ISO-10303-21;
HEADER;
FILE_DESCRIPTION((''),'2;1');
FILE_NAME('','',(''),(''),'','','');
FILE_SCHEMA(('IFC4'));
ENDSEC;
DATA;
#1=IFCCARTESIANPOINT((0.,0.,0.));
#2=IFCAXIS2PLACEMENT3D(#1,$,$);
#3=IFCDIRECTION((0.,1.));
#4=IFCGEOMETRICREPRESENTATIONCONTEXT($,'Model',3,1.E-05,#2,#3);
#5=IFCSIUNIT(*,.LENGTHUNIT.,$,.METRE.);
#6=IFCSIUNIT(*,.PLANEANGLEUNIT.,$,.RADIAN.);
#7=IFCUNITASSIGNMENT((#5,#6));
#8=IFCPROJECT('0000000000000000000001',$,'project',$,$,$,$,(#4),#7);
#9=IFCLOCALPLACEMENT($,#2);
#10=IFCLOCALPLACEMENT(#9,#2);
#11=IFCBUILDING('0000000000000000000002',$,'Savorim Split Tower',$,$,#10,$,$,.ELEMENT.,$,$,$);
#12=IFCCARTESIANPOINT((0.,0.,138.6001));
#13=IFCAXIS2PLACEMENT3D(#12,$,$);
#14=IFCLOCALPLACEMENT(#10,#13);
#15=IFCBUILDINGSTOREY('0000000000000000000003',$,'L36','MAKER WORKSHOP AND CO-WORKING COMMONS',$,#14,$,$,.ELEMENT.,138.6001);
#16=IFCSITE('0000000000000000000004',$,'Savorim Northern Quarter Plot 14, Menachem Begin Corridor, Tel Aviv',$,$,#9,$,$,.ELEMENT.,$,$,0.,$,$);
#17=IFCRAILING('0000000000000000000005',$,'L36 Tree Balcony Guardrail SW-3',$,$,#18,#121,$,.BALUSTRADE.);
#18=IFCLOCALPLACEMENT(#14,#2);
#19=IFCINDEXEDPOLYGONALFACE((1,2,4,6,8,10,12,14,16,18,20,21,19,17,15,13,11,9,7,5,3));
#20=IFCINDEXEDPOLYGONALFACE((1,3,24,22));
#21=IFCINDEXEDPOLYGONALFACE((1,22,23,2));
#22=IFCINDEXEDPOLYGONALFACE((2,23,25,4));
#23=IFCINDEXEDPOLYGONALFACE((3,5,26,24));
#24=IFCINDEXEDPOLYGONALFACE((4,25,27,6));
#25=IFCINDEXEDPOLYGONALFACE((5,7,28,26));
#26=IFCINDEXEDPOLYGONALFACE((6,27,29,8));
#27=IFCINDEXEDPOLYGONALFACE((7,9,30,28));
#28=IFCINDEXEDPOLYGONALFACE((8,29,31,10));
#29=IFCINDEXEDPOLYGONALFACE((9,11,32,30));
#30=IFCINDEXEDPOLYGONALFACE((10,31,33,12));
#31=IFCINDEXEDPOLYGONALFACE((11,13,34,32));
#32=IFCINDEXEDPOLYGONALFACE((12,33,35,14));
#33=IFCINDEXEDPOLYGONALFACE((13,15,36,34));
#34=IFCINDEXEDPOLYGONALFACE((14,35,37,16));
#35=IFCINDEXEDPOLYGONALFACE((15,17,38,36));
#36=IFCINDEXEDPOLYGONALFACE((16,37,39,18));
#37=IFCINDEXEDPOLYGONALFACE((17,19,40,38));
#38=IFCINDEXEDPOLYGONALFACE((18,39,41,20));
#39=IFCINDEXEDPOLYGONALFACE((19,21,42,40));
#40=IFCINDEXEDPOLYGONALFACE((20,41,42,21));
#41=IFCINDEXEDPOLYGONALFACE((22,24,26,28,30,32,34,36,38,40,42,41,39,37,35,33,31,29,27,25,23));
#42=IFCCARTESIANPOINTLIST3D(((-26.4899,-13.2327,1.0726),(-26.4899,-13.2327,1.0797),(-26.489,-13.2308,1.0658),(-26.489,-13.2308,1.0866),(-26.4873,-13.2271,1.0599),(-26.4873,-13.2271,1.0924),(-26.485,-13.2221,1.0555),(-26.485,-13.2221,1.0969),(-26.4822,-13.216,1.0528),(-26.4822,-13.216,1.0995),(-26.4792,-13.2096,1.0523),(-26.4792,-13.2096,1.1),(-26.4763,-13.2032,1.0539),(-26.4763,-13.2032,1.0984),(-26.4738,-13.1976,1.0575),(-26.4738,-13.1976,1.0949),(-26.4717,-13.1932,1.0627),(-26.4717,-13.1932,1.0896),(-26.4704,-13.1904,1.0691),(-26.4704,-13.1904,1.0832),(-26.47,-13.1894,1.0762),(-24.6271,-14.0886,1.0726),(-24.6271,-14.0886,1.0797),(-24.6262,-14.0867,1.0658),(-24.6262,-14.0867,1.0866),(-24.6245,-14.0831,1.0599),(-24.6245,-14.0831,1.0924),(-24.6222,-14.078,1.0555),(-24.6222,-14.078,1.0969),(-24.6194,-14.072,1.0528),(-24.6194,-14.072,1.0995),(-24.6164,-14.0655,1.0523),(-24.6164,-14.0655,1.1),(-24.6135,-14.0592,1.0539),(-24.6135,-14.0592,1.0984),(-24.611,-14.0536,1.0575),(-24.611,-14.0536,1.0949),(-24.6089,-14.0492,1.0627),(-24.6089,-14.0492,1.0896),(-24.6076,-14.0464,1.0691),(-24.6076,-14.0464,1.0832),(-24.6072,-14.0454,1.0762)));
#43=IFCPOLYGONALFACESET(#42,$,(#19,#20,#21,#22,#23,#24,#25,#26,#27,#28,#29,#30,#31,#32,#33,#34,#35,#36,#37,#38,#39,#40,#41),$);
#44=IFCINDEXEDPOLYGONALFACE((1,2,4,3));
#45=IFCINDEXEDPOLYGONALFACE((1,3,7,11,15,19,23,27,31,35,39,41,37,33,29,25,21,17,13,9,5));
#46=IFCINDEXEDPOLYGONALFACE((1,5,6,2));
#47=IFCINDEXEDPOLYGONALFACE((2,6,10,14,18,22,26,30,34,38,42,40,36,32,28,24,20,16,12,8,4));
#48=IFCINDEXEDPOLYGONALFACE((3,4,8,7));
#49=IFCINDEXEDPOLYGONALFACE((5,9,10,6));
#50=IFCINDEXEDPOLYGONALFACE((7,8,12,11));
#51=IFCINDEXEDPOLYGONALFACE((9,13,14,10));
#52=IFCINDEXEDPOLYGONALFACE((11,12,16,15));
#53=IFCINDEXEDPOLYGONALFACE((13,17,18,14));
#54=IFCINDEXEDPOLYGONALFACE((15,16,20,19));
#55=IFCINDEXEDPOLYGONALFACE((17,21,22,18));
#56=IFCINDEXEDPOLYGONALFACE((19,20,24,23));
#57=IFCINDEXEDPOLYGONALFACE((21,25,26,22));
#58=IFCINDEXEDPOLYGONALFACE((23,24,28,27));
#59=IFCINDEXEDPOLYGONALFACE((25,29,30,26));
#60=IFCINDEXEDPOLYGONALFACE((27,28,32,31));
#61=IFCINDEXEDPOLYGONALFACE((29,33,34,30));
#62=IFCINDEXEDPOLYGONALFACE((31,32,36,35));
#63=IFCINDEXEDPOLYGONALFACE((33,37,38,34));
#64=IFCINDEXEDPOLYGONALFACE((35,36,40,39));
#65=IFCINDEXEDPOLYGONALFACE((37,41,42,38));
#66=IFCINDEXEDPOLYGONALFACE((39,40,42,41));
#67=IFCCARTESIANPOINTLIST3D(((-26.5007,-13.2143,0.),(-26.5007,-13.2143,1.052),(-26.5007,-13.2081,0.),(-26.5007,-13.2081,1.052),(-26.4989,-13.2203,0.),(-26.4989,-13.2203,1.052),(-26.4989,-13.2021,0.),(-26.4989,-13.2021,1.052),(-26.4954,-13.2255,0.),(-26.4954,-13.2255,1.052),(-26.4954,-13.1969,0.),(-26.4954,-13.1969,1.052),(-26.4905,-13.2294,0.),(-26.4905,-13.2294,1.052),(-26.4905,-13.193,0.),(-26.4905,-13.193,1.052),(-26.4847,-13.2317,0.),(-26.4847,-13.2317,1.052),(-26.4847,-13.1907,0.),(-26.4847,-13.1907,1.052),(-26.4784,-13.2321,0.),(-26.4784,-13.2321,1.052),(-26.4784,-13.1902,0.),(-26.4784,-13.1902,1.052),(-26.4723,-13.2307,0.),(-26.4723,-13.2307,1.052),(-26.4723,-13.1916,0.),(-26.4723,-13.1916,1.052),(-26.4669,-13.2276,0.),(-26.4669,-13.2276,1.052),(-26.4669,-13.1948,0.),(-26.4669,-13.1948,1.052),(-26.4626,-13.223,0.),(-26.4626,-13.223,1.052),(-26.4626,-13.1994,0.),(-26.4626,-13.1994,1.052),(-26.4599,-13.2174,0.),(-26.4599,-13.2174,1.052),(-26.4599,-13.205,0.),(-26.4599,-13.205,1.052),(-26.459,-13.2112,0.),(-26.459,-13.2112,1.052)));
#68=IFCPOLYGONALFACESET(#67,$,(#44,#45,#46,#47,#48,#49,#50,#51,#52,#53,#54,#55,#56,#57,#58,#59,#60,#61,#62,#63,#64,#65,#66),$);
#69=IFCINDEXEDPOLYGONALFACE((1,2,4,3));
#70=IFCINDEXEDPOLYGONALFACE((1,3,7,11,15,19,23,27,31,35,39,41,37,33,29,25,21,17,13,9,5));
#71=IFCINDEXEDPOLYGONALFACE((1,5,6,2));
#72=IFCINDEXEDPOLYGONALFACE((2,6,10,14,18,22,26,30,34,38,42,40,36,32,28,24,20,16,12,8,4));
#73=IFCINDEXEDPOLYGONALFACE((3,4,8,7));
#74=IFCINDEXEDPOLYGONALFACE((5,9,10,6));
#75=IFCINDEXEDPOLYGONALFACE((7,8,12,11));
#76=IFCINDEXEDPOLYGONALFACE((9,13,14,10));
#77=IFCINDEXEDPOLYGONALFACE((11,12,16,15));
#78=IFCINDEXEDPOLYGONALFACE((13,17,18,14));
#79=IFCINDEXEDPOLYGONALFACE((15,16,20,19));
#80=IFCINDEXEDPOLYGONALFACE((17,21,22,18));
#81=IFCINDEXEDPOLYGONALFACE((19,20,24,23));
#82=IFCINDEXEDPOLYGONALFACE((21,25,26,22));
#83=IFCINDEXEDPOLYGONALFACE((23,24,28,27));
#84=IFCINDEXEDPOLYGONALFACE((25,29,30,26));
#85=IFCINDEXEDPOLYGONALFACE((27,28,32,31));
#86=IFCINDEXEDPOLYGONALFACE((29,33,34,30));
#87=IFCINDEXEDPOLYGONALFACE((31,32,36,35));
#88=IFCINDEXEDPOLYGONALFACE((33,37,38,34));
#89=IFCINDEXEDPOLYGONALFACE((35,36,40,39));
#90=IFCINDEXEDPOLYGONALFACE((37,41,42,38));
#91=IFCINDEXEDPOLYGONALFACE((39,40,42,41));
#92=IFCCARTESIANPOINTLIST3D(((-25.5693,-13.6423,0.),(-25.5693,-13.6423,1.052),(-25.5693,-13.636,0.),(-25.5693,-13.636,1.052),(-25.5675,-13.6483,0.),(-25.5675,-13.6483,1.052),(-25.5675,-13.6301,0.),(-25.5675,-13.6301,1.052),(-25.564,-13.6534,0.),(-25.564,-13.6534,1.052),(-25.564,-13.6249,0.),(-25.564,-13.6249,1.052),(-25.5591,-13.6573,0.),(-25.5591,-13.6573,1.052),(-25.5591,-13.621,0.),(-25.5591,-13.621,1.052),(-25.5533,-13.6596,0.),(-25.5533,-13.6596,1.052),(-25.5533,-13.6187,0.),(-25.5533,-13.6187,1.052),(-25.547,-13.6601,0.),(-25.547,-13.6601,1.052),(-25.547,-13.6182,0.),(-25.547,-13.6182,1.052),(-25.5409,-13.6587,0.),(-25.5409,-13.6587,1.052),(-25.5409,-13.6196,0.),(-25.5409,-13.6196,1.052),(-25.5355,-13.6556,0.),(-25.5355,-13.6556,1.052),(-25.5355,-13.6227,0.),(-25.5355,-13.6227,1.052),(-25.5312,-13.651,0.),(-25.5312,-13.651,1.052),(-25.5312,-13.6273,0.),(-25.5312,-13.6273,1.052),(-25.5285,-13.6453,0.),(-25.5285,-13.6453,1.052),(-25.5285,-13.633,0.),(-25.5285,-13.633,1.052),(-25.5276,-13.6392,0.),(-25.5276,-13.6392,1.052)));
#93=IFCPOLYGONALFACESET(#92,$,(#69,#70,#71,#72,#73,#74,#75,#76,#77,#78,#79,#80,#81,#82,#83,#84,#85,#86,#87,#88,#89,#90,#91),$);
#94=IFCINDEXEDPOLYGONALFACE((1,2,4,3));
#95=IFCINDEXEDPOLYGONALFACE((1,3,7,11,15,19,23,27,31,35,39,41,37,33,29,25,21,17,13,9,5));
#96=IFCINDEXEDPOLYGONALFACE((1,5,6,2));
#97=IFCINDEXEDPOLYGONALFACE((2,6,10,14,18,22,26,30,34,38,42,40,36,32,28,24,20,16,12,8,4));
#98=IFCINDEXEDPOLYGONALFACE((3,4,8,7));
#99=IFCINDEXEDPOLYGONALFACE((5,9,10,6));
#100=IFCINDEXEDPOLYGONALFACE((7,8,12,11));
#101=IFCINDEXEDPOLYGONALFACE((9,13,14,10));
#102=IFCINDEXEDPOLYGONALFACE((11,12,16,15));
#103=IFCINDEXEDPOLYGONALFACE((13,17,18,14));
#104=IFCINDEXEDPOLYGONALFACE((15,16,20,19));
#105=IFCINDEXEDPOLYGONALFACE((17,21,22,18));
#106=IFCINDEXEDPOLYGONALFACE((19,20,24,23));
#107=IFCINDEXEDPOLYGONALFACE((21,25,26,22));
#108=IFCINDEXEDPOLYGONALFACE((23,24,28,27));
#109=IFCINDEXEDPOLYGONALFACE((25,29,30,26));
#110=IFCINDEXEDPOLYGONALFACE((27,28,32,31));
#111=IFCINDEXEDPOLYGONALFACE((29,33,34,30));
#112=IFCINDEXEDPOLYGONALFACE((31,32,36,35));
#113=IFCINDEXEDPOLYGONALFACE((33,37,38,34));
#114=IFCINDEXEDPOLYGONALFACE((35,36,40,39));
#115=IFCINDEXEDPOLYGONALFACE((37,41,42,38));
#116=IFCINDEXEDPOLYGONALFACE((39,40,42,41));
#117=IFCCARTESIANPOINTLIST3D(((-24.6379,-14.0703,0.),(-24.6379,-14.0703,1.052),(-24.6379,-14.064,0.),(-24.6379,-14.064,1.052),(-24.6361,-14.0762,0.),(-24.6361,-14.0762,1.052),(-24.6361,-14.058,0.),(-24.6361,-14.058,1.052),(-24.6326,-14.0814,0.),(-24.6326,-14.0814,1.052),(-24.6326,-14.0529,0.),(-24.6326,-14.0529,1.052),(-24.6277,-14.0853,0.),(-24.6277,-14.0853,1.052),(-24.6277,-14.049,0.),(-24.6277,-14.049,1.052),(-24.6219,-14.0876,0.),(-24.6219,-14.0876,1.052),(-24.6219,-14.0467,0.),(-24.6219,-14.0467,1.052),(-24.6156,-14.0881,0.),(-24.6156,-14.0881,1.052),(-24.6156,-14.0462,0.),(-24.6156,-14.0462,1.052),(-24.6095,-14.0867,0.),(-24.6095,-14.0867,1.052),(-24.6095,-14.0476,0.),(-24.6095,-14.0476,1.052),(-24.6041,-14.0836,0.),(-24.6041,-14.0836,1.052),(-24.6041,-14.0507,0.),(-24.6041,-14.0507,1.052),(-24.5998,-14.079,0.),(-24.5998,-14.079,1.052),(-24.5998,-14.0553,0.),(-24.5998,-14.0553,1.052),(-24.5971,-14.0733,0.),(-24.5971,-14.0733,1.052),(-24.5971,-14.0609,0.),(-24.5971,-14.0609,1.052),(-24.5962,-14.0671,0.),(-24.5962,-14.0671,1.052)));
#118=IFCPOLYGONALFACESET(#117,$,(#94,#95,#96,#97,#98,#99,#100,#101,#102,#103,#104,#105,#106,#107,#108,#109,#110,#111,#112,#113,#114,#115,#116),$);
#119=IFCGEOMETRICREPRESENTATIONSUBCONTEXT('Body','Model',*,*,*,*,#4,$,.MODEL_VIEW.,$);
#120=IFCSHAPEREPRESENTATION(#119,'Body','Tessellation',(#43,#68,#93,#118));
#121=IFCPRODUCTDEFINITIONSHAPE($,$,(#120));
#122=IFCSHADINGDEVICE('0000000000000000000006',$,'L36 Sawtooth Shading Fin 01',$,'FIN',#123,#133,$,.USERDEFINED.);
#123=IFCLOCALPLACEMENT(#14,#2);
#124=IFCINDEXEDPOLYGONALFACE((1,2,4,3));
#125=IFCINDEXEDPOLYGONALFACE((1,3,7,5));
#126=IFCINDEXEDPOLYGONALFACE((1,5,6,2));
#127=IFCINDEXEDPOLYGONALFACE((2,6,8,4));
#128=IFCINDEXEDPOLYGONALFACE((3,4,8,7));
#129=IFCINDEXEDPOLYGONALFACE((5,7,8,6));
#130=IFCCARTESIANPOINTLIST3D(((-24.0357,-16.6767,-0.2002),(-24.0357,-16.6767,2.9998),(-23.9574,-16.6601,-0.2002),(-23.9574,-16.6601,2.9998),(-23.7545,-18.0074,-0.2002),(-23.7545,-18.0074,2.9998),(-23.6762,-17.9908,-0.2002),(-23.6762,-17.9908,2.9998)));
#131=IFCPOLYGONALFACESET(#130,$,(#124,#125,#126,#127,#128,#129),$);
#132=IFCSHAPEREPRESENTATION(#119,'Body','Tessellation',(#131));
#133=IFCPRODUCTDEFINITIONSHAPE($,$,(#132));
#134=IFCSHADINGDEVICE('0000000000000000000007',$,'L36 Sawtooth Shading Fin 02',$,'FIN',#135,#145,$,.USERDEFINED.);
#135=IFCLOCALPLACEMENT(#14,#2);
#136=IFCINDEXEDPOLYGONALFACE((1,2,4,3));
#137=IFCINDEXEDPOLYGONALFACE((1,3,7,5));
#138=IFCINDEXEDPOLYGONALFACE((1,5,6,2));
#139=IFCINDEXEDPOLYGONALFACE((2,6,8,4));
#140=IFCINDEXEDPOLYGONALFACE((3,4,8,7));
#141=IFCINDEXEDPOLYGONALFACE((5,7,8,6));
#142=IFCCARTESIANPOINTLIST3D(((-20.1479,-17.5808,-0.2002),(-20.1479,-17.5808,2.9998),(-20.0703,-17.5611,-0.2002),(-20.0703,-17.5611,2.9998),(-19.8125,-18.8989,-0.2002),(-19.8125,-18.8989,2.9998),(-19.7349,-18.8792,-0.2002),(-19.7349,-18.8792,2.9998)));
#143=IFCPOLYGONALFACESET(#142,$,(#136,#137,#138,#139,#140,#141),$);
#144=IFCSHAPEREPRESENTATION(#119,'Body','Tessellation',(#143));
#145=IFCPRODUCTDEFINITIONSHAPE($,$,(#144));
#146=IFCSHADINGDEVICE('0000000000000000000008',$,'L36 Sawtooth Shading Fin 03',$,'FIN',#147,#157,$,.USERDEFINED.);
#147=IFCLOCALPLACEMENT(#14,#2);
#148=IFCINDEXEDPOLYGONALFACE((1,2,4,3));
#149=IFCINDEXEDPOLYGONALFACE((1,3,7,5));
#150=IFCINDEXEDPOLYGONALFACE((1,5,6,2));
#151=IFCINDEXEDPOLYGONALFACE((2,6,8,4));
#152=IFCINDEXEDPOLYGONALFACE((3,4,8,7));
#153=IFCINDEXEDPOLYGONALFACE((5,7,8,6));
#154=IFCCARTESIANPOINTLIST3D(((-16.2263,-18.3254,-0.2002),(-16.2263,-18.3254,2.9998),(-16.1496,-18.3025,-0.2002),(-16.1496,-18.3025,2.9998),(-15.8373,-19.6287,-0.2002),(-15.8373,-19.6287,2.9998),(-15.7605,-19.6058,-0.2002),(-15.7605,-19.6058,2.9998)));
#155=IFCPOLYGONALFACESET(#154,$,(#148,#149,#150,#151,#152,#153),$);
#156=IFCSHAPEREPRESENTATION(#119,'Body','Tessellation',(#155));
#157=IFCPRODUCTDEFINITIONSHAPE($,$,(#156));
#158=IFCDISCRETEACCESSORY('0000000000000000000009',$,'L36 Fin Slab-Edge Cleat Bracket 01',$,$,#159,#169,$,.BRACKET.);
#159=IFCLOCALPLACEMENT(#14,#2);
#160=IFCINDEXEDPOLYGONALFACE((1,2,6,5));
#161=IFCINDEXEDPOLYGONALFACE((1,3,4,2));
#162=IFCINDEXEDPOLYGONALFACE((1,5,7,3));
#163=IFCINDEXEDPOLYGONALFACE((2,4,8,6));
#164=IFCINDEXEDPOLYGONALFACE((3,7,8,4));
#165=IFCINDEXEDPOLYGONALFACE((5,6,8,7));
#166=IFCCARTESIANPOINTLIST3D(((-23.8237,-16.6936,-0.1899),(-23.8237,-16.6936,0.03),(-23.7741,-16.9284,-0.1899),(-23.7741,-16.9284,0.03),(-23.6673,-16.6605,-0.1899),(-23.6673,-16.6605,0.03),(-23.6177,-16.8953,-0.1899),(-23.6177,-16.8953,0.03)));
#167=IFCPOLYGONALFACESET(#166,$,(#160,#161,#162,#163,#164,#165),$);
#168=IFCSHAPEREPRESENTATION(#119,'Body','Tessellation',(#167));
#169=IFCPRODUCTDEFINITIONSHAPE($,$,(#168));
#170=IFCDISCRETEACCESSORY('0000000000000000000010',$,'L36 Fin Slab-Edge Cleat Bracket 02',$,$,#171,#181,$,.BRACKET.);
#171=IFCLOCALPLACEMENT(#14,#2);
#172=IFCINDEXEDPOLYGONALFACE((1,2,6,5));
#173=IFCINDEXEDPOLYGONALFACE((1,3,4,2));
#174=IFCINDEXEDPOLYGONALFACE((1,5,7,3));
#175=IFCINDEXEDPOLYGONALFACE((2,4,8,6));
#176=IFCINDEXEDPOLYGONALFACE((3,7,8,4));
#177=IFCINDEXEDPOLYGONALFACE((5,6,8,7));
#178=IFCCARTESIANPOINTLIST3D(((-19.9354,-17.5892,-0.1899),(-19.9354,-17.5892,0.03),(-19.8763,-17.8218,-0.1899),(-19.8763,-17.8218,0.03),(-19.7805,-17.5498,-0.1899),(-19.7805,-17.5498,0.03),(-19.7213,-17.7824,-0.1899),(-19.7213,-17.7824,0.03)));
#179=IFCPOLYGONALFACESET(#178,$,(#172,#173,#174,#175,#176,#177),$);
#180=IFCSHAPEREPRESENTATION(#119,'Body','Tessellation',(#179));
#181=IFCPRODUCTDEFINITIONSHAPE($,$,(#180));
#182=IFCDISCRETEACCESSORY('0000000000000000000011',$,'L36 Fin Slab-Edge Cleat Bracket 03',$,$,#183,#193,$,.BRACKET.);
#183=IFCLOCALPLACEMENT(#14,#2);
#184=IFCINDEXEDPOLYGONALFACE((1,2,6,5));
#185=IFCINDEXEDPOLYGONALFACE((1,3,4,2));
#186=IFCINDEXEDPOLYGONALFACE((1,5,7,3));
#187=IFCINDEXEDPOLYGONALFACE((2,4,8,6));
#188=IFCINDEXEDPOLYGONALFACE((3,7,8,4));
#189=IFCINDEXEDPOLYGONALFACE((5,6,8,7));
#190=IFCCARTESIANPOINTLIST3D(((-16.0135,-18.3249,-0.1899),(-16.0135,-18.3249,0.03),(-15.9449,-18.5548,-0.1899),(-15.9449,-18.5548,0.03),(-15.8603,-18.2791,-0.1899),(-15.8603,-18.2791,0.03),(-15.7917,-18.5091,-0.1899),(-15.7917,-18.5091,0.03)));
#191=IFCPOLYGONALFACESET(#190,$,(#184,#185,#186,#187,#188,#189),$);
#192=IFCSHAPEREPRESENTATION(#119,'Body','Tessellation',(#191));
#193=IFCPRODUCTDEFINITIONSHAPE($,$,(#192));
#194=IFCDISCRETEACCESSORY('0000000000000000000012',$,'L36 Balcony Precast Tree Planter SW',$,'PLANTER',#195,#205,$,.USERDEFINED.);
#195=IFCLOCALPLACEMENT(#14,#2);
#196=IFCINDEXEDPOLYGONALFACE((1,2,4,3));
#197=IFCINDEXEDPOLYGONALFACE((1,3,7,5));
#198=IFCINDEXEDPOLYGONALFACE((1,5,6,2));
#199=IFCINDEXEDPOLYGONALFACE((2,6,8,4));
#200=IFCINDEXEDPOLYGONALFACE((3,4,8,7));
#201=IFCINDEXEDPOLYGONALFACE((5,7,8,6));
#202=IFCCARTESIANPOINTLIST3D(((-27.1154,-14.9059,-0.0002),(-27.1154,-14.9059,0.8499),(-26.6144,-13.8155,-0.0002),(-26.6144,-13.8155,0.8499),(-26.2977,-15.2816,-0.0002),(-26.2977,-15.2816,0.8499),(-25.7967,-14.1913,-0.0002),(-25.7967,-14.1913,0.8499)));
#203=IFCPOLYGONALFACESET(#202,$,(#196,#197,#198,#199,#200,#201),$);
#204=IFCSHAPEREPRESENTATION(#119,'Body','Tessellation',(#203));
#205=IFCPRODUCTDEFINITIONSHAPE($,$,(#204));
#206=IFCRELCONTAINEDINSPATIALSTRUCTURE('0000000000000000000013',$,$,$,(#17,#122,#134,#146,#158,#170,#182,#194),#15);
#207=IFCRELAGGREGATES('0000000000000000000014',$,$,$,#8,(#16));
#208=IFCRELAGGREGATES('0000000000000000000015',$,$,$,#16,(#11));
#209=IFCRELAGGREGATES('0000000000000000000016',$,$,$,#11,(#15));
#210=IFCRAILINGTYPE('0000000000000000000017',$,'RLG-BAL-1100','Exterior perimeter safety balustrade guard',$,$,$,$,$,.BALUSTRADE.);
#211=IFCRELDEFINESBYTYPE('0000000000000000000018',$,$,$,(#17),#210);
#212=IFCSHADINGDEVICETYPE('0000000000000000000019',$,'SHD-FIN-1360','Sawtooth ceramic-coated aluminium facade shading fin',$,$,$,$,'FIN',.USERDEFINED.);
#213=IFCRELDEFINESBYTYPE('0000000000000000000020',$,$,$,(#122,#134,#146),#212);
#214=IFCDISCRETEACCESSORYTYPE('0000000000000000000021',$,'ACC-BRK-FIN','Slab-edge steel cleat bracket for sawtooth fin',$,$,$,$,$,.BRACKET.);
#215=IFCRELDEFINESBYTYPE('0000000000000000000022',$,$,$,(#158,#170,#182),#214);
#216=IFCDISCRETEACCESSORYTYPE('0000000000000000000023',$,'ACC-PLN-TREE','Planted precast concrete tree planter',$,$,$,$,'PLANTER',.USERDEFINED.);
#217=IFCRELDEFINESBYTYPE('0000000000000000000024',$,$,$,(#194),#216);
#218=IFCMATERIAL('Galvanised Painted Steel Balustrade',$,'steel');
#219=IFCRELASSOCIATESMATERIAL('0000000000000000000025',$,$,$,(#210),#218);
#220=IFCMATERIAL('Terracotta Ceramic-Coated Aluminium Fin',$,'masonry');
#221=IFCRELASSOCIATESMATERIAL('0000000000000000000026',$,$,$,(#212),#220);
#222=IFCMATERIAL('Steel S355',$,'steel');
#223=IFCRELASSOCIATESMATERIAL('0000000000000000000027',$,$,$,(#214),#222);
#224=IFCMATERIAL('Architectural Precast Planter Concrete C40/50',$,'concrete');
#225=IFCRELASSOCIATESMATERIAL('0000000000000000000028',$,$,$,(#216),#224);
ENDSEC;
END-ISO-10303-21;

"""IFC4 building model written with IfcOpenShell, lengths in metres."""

from ifc_helpers import new_model, si_unit, direction, frame, origin, origin_2d, place, context, subcontext, project, spatial, rectangle, circle, extrude, material, type_object, element, save


model = new_model("IFC4")

# Units and contexts
model_context = context("Model", 3, precision=1e-05, world=origin(), true_north=direction((0.0, 1.0)))
body_context = subcontext(model_context, "Body", "Model", "MODEL_VIEW")
ifc_project = project(units=[si_unit("LENGTHUNIT", "METRE"), si_unit("PLANEANGLEUNIT", "RADIAN")], contexts=[model_context])

# Site, building, storey
site_placement = place(None, origin())
site = spatial("IfcSite", under=ifc_project, at=site_placement, Name="Savorim Northern Quarter Plot 14, Menachem Begin Corridor, Tel Aviv", CompositionType="ELEMENT", RefElevation=0.0)
building_placement = place(site_placement, origin())
building = spatial("IfcBuilding", under=site, at=building_placement, Name="Savorim Split Tower", CompositionType="ELEMENT")
storey_placement = place(building_placement, frame((0.0, 0.0, 138.6001)))
storey = spatial("IfcBuildingStorey", under=building, at=storey_placement, Name="L36", Description="MAKER WORKSHOP AND CO-WORKING COMMONS", CompositionType="ELEMENT", Elevation=138.6001)

# Shared definitions
ifc_material_1 = material(Name="Steel S355", Category="steel")

# Railing
ifc_material_2 = material(Name="Galvanised Painted Steel Balustrade", Category="steel")
railing_type = type_object("IfcRailingType", Name="RLG-BAL-1100", Description="Exterior perimeter safety balustrade guard", PredefinedType="BALUSTRADE", material=ifc_material_2)
railing_1_placement = place(storey_placement, frame((-26.48, -13.2112, 0.0)))
element("IfcRailing", 1, at=railing_1_placement, inside=storey, type_object=railing_type, Name="L36 Tree Balcony Guardrail SW-3", PredefinedType="BALUSTRADE", context=body_context, shape_type="SweptSolid", body=[
    extrude(circle(Radius=0.0239, at=origin_2d()), frame((0.0, 0.0, 1.0762), z_axis=(0.908662, -0.417532, 0.0), x_axis=(0.417532, 0.908662, 0.0)), (0.0, 0.0, 1.0), 2.05),
    extrude(circle(Radius=0.021, at=origin_2d()), origin(), (0.0, 0.0, 1.0), 1.052),
    extrude(circle(Radius=0.021, at=origin_2d()), frame((0.9314, -0.428, 0.0)), (0.0, 0.0, 1.0), 1.052),
    extrude(circle(Radius=0.021, at=origin_2d()), frame((1.8628, -0.856, 0.0)), (0.0, 0.0, 1.0), 1.052),
])

# Shading devices
ifc_material_3 = material(Name="Terracotta Ceramic-Coated Aluminium Fin", Category="masonry")
shading_device_type = type_object("IfcShadingDeviceType", Name="SHD-FIN-1360", Description="Sawtooth ceramic-coated aluminium facade shading fin", ElementType="FIN", PredefinedType="USERDEFINED", material=ifc_material_3)
for number, where, z_axis, x_axis, name in (
    (2, (-23.856, -17.3337, -0.2002), (0.0, 0.0, 1.0), (0.206722, -0.9784, 0.0), "L36 Sawtooth Shading Fin 01"),
    (3, (-19.9414, -18.23, -0.2002), (0.0, 0.0, 1.0), (0.246581, -0.969122, 0.0), "L36 Sawtooth Shading Fin 02"),
    (4, (-15.9934, -18.9656, -0.2002), (0.0, 0.0, 1.0), (0.286026, -0.958222, 0.0), "L36 Sawtooth Shading Fin 03"),
):
    element("IfcShadingDevice", number, at=place(storey_placement, frame(where, z_axis=z_axis, x_axis=x_axis)), inside=storey, type_object=shading_device_type, Name=name, ObjectType="FIN", PredefinedType="USERDEFINED", context=body_context, shape_type="SweptSolid", body=[
        extrude(rectangle(XDim=1.3601, YDim=0.0801, at=origin_2d()), origin(), (0.0, 0.0, 1.0), 3.2),
    ])

# Discrete accessories
discrete_accessory_type_1 = type_object("IfcDiscreteAccessoryType", Name="ACC-BRK-FIN", Description="Slab-edge steel cleat bracket for sawtooth fin", PredefinedType="BRACKET", material=ifc_material_1)
for number, where, z_axis, x_axis, name in (
    (5, (-23.7207, -16.7944, -0.1899), (0.0, 0.0, 1.0), (0.206722, -0.9784, 0.0), "L36 Fin Slab-Edge Cleat Bracket 01"),
    (6, (-19.8284, -17.6858, -0.1899), (0.0, 0.0, 1.0), (0.246581, -0.969122, 0.0), "L36 Fin Slab-Edge Cleat Bracket 02"),
    (7, (-15.9026, -18.417, -0.1899), (0.0, 0.0, 1.0), (0.286026, -0.958222, 0.0), "L36 Fin Slab-Edge Cleat Bracket 03"),
):
    element("IfcDiscreteAccessory", number, at=place(storey_placement, frame(where, z_axis=z_axis, x_axis=x_axis)), inside=storey, type_object=discrete_accessory_type_1, Name=name, PredefinedType="BRACKET", context=body_context, shape_type="SweptSolid", body=[
        extrude(rectangle(XDim=0.24, YDim=0.1599, at=origin_2d()), origin(), (0.0, 0.0, 1.0), 0.22),
    ])
ifc_material_4 = material(Name="Architectural Precast Planter Concrete C40/50", Category="concrete")
discrete_accessory_type_2 = type_object("IfcDiscreteAccessoryType", Name="ACC-PLN-TREE", Description="Planted precast concrete tree planter", ElementType="PLANTER", PredefinedType="USERDEFINED", material=ifc_material_4)
discrete_accessory_placement = place(storey_placement, frame((-26.4561, -14.5486, -0.0002), z_axis=(0.0, 0.0, 1.0), x_axis=(-0.417494, -0.908679, 0.0)))
element("IfcDiscreteAccessory", 8, at=discrete_accessory_placement, inside=storey, type_object=discrete_accessory_type_2, Name="L36 Balcony Precast Tree Planter SW", ObjectType="PLANTER", PredefinedType="USERDEFINED", context=body_context, shape_type="SweptSolid", body=[
    extrude(rectangle(XDim=1.2, YDim=0.8999, at=origin_2d()), origin(), (0.0, 0.0, 1.0), 0.8501),
])

save(model, "model.ifc")
